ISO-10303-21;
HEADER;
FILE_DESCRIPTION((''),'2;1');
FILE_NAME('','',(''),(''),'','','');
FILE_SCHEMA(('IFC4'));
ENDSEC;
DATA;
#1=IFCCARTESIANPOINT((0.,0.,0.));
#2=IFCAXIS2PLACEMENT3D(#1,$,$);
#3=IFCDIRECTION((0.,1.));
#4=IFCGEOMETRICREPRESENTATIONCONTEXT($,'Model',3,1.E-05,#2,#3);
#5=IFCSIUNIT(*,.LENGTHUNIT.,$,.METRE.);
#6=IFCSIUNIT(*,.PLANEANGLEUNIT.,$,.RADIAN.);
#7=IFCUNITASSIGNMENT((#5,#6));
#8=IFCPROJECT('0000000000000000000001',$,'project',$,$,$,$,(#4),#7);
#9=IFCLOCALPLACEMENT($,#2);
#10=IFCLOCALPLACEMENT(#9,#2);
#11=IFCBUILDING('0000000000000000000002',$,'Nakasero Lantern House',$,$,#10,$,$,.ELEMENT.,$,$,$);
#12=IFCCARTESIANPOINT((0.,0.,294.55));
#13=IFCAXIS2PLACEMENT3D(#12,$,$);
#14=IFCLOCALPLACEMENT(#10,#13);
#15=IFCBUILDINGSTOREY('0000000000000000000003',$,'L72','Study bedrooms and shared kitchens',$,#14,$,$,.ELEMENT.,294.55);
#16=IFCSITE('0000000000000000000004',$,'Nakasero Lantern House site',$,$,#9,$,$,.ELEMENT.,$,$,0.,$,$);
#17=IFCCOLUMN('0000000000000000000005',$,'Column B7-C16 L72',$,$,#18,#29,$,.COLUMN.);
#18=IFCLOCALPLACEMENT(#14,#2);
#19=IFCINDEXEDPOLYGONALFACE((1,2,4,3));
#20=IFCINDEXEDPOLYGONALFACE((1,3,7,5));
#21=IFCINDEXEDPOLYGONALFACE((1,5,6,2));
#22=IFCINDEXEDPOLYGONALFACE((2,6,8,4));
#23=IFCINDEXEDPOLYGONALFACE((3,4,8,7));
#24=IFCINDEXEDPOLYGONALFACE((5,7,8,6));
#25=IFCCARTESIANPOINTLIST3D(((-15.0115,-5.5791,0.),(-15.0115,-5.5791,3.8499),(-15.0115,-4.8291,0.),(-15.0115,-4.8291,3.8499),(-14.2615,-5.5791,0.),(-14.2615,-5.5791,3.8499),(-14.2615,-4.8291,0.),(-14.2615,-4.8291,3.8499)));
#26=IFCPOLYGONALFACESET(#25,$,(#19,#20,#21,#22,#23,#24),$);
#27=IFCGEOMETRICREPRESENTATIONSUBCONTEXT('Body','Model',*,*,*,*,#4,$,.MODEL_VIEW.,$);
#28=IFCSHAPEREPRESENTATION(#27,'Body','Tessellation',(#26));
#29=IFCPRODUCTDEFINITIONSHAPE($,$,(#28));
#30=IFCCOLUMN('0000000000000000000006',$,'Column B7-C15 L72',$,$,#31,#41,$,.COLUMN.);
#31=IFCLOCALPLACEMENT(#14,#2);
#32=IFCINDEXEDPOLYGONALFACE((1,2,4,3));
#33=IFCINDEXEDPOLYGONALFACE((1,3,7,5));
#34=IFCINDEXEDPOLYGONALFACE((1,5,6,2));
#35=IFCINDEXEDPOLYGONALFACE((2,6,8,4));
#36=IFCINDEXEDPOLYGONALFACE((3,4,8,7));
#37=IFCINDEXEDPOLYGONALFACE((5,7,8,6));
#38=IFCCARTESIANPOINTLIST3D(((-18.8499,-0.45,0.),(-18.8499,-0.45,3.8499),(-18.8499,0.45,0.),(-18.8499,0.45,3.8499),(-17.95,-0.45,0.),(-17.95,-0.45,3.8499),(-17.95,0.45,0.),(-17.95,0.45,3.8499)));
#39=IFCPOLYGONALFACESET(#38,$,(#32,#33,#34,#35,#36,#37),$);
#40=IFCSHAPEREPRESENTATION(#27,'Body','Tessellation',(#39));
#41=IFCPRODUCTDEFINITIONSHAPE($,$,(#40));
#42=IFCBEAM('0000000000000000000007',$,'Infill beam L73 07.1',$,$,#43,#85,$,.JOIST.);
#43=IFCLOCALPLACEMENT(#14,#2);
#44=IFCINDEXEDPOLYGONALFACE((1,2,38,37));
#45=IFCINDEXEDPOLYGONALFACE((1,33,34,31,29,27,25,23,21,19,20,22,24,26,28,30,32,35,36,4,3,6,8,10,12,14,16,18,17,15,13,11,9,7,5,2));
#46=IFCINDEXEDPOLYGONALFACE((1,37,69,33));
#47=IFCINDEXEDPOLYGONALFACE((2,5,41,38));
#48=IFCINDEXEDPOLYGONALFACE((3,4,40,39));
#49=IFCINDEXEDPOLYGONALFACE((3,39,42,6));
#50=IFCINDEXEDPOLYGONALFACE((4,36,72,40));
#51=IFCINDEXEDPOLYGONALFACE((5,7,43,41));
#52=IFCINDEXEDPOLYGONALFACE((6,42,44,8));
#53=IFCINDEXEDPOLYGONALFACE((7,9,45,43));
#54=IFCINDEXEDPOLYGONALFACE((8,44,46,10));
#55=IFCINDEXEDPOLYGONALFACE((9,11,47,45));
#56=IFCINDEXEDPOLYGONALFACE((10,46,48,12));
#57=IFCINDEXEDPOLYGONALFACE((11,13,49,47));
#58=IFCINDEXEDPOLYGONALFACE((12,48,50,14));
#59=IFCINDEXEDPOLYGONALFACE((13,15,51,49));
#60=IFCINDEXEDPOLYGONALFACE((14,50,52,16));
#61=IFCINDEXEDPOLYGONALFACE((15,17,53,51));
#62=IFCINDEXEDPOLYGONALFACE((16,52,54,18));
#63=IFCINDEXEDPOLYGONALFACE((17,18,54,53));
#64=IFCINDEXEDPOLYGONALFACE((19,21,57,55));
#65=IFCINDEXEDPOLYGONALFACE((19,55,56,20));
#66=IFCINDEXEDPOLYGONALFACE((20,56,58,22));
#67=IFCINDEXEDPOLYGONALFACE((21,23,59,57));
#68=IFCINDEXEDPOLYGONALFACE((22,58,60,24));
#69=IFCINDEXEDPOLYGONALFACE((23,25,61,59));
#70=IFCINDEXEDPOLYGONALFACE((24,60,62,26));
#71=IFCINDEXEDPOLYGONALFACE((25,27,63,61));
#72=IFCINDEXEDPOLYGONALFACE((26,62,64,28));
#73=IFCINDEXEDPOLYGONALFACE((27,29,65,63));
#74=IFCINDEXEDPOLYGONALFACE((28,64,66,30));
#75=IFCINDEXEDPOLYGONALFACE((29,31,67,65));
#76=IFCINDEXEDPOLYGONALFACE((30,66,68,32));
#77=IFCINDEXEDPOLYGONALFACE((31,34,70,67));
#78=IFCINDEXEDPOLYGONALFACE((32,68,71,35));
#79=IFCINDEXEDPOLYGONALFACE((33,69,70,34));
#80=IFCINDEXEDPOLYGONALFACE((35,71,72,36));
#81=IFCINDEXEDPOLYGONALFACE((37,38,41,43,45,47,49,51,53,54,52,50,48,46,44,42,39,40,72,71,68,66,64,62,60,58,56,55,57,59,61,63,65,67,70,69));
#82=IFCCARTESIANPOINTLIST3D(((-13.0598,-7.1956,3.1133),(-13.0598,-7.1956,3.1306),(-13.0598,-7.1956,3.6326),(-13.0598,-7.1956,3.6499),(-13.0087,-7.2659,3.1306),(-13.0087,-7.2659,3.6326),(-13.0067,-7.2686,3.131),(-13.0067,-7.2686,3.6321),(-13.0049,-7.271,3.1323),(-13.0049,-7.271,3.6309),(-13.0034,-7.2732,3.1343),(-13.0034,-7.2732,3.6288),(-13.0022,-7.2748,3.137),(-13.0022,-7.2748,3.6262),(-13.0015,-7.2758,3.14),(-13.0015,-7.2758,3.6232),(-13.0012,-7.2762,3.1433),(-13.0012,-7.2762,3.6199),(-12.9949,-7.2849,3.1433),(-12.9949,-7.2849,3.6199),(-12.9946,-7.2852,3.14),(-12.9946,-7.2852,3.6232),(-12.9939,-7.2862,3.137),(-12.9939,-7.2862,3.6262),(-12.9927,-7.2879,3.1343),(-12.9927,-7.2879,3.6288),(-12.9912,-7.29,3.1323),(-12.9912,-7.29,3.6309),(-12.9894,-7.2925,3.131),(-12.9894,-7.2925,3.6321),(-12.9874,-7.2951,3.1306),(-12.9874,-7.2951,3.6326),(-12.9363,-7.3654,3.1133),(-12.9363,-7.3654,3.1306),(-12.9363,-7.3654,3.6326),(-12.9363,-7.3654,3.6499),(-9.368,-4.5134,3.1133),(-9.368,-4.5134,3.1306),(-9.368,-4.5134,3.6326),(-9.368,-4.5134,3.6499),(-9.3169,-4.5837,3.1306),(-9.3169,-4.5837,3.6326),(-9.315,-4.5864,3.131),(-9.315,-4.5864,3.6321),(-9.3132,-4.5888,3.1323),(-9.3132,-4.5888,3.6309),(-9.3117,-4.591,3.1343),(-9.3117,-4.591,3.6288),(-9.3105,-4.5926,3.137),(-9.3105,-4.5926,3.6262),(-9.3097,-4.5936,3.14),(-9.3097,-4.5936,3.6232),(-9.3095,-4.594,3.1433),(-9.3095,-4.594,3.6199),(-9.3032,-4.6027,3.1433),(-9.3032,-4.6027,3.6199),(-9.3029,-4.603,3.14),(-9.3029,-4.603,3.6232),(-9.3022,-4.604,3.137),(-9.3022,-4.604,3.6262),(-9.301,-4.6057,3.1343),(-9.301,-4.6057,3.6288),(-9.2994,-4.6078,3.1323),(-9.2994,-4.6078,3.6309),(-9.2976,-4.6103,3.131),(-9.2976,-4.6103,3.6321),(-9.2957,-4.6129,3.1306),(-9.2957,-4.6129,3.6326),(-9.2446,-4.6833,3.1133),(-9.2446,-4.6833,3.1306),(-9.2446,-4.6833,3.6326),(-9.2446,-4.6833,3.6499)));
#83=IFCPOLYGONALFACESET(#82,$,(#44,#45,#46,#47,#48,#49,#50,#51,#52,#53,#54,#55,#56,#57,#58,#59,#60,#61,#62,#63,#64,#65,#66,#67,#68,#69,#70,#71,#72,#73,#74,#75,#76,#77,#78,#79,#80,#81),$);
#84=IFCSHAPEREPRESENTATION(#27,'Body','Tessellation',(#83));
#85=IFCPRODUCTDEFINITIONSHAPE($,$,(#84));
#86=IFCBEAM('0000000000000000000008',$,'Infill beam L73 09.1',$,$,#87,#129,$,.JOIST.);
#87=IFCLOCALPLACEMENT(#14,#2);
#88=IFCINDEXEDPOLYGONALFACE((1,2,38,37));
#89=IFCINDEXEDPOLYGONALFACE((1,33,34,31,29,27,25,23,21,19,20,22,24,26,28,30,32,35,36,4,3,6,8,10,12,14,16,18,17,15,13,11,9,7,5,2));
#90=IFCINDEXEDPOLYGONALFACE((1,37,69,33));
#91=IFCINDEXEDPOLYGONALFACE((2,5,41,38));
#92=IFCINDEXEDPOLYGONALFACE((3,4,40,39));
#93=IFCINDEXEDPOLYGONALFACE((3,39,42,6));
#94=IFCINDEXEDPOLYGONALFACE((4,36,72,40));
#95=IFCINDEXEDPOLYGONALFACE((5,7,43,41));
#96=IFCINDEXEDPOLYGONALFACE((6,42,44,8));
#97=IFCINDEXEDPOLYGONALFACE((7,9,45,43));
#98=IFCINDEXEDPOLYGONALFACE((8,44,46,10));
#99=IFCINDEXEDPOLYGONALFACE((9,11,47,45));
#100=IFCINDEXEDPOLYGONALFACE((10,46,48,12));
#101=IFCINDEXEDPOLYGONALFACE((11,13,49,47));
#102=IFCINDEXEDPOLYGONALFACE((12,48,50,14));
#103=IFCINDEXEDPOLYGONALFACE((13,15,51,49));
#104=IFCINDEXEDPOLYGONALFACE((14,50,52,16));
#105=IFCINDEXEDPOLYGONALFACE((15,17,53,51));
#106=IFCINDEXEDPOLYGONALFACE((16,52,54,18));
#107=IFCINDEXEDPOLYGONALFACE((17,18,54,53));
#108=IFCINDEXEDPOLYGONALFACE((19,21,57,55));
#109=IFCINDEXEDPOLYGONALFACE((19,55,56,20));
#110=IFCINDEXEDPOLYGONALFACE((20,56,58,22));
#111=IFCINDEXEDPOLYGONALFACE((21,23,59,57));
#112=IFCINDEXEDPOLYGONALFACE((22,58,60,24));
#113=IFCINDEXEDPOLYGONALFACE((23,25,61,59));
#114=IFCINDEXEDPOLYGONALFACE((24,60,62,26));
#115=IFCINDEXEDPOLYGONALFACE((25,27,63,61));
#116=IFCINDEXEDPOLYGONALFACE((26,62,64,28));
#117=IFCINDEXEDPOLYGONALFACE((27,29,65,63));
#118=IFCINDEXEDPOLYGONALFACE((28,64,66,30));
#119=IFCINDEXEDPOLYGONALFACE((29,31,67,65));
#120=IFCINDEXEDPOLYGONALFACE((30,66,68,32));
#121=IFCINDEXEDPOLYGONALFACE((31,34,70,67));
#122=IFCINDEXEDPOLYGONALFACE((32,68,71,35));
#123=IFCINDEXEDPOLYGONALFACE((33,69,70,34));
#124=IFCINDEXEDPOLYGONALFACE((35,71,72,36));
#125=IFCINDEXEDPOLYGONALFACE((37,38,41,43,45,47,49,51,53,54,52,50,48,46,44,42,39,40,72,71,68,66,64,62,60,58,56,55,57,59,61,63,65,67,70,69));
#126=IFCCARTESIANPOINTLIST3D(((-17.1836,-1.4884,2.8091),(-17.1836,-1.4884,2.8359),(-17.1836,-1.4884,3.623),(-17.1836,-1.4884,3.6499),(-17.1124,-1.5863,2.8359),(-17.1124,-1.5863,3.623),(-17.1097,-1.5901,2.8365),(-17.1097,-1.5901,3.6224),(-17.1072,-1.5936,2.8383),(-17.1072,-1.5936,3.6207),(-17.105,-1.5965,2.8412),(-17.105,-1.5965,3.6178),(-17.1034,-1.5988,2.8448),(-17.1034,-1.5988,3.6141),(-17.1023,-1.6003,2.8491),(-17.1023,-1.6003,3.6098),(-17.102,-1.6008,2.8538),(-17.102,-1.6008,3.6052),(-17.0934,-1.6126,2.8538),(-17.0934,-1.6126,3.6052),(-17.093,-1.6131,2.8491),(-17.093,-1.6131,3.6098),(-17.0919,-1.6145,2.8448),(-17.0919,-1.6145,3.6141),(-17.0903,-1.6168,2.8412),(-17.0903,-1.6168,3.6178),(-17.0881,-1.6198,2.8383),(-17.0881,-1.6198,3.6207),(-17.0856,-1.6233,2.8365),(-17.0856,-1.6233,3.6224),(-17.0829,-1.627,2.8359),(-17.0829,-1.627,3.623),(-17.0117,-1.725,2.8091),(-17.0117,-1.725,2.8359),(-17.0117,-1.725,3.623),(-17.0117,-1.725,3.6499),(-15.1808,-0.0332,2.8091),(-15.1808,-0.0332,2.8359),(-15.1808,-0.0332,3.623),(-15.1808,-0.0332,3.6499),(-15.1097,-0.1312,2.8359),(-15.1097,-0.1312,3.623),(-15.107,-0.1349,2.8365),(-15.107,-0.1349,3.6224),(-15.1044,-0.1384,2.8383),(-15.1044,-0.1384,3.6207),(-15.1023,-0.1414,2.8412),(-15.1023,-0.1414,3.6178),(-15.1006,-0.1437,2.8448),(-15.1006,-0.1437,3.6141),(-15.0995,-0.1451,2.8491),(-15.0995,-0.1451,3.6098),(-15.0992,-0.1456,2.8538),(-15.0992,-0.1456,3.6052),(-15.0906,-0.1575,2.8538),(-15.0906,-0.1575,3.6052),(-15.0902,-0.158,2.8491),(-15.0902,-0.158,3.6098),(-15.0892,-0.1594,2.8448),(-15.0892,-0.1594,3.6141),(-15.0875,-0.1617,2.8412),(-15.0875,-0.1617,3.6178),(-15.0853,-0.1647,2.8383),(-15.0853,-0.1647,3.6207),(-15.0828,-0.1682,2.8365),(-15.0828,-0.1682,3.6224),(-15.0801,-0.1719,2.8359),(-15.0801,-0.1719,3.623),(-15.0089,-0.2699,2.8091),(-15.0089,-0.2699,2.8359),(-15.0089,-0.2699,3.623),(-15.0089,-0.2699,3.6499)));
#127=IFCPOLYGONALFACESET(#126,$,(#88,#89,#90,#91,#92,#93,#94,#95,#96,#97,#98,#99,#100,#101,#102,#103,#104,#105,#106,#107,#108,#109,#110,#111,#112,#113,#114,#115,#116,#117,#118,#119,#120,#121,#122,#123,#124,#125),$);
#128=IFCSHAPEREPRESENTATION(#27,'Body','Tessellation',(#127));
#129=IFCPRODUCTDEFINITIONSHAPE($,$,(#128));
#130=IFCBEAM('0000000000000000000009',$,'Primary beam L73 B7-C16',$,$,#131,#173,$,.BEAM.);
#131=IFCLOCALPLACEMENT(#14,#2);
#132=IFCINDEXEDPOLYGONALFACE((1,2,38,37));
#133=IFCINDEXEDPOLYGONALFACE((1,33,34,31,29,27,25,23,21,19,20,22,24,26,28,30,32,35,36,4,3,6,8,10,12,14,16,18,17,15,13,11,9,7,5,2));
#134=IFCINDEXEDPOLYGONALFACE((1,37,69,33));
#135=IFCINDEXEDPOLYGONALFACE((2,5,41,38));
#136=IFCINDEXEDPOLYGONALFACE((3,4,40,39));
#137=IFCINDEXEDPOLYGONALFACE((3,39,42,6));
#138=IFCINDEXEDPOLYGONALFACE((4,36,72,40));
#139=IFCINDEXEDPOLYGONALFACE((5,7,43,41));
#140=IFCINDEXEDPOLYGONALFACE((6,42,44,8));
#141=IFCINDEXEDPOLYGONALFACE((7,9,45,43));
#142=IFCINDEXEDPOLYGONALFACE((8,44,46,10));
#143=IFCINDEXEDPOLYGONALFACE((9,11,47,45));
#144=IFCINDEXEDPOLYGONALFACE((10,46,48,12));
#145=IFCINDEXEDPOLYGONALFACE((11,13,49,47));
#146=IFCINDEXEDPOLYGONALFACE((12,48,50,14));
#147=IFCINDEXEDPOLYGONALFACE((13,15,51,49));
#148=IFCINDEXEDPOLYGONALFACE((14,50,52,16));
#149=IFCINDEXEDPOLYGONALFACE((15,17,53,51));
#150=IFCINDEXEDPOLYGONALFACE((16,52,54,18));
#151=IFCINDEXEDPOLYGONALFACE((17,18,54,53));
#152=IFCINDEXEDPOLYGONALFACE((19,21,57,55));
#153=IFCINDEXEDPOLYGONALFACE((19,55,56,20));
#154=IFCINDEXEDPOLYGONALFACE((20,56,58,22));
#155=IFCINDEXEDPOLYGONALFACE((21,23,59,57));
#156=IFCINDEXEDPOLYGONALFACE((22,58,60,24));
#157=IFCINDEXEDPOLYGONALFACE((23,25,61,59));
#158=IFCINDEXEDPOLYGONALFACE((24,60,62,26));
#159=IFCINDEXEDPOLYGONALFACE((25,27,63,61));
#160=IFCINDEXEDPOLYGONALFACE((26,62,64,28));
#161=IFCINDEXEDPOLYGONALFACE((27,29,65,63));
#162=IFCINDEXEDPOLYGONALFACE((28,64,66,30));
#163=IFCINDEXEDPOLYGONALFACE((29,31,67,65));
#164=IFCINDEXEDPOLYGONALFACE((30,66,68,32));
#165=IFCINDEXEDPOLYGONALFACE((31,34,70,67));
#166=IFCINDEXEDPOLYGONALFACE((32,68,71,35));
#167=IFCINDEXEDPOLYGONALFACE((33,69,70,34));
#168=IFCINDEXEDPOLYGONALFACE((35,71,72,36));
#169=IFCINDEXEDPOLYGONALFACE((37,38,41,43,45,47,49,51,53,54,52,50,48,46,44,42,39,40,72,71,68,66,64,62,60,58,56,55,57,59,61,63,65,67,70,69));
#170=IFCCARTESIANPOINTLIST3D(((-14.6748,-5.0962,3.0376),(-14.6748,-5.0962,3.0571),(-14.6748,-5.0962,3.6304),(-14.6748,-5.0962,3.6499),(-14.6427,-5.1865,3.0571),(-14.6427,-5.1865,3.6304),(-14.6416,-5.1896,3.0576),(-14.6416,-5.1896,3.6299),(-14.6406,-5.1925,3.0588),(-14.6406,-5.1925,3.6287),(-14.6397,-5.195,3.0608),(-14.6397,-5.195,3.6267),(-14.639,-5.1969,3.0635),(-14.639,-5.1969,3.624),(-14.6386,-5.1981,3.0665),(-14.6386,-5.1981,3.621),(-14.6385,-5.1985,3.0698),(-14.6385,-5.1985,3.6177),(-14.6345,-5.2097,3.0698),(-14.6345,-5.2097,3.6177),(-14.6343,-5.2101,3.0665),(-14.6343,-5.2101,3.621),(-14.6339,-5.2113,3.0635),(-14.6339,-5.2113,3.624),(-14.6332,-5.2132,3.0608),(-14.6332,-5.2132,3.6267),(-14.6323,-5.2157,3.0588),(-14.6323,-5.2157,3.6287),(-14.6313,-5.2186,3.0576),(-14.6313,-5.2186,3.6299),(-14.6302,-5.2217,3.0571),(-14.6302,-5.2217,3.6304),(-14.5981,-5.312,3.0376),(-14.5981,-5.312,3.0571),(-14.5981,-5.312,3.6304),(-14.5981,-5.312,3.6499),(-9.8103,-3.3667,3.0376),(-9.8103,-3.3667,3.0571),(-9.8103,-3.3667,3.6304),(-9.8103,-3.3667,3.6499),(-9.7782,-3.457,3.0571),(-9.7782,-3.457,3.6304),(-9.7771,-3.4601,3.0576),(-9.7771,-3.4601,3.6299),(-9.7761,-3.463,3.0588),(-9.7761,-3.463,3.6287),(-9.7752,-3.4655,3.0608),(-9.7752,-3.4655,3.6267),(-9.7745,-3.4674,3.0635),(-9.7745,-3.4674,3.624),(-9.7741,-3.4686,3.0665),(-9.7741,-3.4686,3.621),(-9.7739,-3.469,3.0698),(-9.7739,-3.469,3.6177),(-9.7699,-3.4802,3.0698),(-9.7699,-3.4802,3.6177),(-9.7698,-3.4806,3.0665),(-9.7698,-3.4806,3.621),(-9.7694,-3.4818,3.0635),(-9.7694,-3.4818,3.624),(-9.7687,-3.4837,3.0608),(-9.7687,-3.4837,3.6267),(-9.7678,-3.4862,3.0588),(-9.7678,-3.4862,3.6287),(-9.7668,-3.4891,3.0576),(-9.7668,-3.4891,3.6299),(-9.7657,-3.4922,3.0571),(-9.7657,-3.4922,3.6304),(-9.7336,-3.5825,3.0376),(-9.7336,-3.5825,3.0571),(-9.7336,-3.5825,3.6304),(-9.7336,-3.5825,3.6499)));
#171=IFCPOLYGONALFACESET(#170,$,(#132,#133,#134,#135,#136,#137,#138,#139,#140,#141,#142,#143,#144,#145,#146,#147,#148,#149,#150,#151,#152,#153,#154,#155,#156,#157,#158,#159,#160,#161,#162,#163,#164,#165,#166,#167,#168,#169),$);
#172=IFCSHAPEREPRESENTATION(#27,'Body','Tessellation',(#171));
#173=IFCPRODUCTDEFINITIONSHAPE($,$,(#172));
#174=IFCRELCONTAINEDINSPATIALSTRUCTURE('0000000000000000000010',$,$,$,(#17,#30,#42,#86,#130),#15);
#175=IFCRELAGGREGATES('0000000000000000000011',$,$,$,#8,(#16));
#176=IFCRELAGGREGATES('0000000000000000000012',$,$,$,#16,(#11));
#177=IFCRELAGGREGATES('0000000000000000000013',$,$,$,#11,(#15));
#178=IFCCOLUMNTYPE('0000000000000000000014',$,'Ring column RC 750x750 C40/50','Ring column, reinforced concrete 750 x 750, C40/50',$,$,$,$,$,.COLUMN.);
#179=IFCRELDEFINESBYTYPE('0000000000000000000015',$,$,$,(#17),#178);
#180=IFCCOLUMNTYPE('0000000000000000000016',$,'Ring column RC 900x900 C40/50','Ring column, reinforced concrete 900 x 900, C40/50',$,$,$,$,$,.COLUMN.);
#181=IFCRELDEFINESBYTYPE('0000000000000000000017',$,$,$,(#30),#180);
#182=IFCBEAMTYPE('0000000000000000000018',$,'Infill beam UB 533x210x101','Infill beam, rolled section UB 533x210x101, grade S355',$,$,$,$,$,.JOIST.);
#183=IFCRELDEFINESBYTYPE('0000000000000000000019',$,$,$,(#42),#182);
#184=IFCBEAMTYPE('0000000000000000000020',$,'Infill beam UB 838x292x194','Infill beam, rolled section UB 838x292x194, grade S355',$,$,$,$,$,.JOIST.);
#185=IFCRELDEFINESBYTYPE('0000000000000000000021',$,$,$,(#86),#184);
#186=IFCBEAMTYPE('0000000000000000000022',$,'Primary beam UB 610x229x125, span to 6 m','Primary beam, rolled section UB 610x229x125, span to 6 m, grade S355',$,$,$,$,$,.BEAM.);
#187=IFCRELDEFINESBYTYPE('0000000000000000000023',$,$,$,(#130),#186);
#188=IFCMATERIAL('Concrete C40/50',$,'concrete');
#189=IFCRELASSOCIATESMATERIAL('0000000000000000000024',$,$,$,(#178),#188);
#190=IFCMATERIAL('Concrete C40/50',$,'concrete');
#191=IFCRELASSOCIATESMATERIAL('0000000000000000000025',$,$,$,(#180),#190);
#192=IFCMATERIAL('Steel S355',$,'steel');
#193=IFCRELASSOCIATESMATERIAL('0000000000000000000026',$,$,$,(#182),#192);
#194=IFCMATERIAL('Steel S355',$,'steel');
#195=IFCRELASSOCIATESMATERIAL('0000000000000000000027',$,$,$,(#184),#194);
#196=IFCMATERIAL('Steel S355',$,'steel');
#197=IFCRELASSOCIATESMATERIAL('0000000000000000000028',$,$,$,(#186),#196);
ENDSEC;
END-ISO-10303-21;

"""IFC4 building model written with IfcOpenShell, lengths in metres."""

from ifc_helpers import new_model, si_unit, direction, frame, origin, origin_2d, place, context, subcontext, project, spatial, rectangle, i_section, extrude, material, material_profile, profile_set, type_object, element, save


model = new_model("IFC4")

# Units and contexts
model_context = context("Model", 3, precision=1e-05, world=origin(), true_north=direction((0.0, 1.0)))
body_context = subcontext(model_context, "Body", "Model", "MODEL_VIEW")
ifc_project = project(units=[si_unit("LENGTHUNIT", "METRE"), si_unit("PLANEANGLEUNIT", "RADIAN")], contexts=[model_context])

# Site, building, storey
site_placement = place(None, origin())
site = spatial("IfcSite", under=ifc_project, at=site_placement, Name="Nakasero Lantern House site", CompositionType="ELEMENT", RefElevation=0.0)
building_placement = place(site_placement, origin())
building = spatial("IfcBuilding", under=site, at=building_placement, Name="Nakasero Lantern House", CompositionType="ELEMENT")
storey_placement = place(building_placement, frame((0.0, 0.0, 294.55)))
storey = spatial("IfcBuildingStorey", under=building, at=storey_placement, Name="L72", Description="Study bedrooms and shared kitchens", CompositionType="ELEMENT", Elevation=294.55)

# Columns
ifc_material_1 = material(Name="Concrete C40/50", Category="concrete")
ifc_material_profile_1 = material_profile(ifc_material_1, rectangle(XDim=0.75, YDim=0.75, at=origin_2d()), Name="RC 750x750")
ifc_profile_set_1 = profile_set([ifc_material_profile_1], Name="Concrete C40/50")
column_type_1 = type_object("IfcColumnType", Name="Ring column RC 750x750 C40/50", Description="Ring column, reinforced concrete 750 x 750, C40/50", PredefinedType="COLUMN", material=ifc_profile_set_1)
column_1_placement = place(storey_placement, frame((-14.6365, -5.2041, 0.0), z_axis=(0.0, 0.0, 1.0), x_axis=(1.0, 0.0, 0.0)))
element("IfcColumn", 1, at=column_1_placement, inside=storey, type_object=column_type_1, Name="Column B7-C16 L72", PredefinedType="COLUMN", context=body_context, shape_type="SweptSolid", body=[
    extrude(rectangle(XDim=0.75, YDim=0.75, at=origin_2d()), origin(), (0.0, 0.0, 1.0), 3.8499),
])
ifc_material_2 = material(Name="Concrete C40/50", Category="concrete")
ifc_material_profile_2 = material_profile(ifc_material_2, rectangle(XDim=0.8999, YDim=0.8999, at=origin_2d()), Name="RC 900x900")
ifc_profile_set_2 = profile_set([ifc_material_profile_2], Name="Concrete C40/50")
column_type_2 = type_object("IfcColumnType", Name="Ring column RC 900x900 C40/50", Description="Ring column, reinforced concrete 900 x 900, C40/50", PredefinedType="COLUMN", material=ifc_profile_set_2)
column_2_placement = place(storey_placement, frame((-18.3999, 0.0, 0.0), z_axis=(0.0, 0.0, 1.0), x_axis=(1.0, 0.0, 0.0)))
element("IfcColumn", 2, at=column_2_placement, inside=storey, type_object=column_type_2, Name="Column B7-C15 L72", PredefinedType="COLUMN", context=body_context, shape_type="SweptSolid", body=[
    extrude(rectangle(XDim=0.8999, YDim=0.8999, at=origin_2d()), origin(), (0.0, 0.0, 1.0), 3.8499),
])

# Beams
ifc_material_3 = material(Name="Steel S355", Category="steel")
ifc_material_profile_3 = material_profile(ifc_material_3, i_section(OverallWidth=0.21, OverallDepth=0.5366, WebThickness=0.0107, FlangeThickness=0.0173, FilletRadius=0.0127, at=origin_2d()), Name="UB 533x210x101")
ifc_profile_set_3 = profile_set([ifc_material_profile_3], Name="Steel S355")
beam_type_1 = type_object("IfcBeamType", Name="Infill beam UB 533x210x101", Description="Infill beam, rolled section UB 533x210x101, grade S355", PredefinedType="JOIST", material=ifc_profile_set_3)
beam_1_placement = place(storey_placement, frame((-12.998, -7.2805, 3.3816), z_axis=(0.809018, 0.587784, 0.0), x_axis=(-0.587784, 0.809018, 0.0)))
element("IfcBeam", 3, at=beam_1_placement, inside=storey, type_object=beam_type_1, Name="Infill beam L73 07.1", PredefinedType="JOIST", context=body_context, shape_type="SweptSolid", body=[
    extrude(i_section(OverallWidth=0.21, OverallDepth=0.5366, WebThickness=0.0107, FlangeThickness=0.0173, FilletRadius=0.0127, at=origin_2d()), origin(), (0.0, 0.0, 1.0), 4.5632),
])
ifc_material_4 = material(Name="Steel S355", Category="steel")
ifc_material_profile_4 = material_profile(ifc_material_4, i_section(OverallWidth=0.2925, OverallDepth=0.8408, WebThickness=0.0146, FlangeThickness=0.0269, FilletRadius=0.0178, at=origin_2d()), Name="UB 838x292x194")
ifc_profile_set_4 = profile_set([ifc_material_profile_4], Name="Steel S355")
beam_type_2 = type_object("IfcBeamType", Name="Infill beam UB 838x292x194", Description="Infill beam, rolled section UB 838x292x194, grade S355", PredefinedType="JOIST", material=ifc_profile_set_4)
beam_2_placement = place(storey_placement, frame((-17.0977, -1.6067, 3.2295), z_axis=(0.809009, 0.587796, 0.0), x_axis=(-0.587796, 0.809009, 0.0)))
element("IfcBeam", 4, at=beam_2_placement, inside=storey, type_object=beam_type_2, Name="Infill beam L73 09.1", PredefinedType="JOIST", context=body_context, shape_type="SweptSolid", body=[
    extrude(i_section(OverallWidth=0.2925, OverallDepth=0.8408, WebThickness=0.0146, FlangeThickness=0.0269, FilletRadius=0.0178, at=origin_2d()), origin(), (0.0, 0.0, 1.0), 2.4756),
])
ifc_material_5 = material(Name="Steel S355", Category="steel")
ifc_material_profile_5 = material_profile(ifc_material_5, i_section(OverallWidth=0.229, OverallDepth=0.6123, WebThickness=0.012, FlangeThickness=0.0195, FilletRadius=0.0127, at=origin_2d()), Name="UB 610x229x125")
ifc_profile_set_5 = profile_set([ifc_material_profile_5], Name="Steel S355")
beam_type_3 = type_object("IfcBeamType", Name="Primary beam UB 610x229x125, span to 6 m", Description="Primary beam, rolled section UB 610x229x125, span to 6 m, grade S355", PredefinedType="BEAM", material=ifc_profile_set_5)
beam_3_placement = place(storey_placement, frame((-14.6365, -5.2041, 3.3438), z_axis=(0.942221, 0.334991, 0.0), x_axis=(-0.334991, 0.942221, 0.0)))
element("IfcBeam", 5, at=beam_3_placement, inside=storey, type_object=beam_type_3, Name="Primary beam L73 B7-C16", PredefinedType="BEAM", context=body_context, shape_type="SweptSolid", body=[
    extrude(i_section(OverallWidth=0.229, OverallDepth=0.6123, WebThickness=0.012, FlangeThickness=0.0195, FilletRadius=0.0127, at=origin_2d()), origin(), (0.0, 0.0, 1.0), 5.1628),
])

save(model, "model.ifc")
